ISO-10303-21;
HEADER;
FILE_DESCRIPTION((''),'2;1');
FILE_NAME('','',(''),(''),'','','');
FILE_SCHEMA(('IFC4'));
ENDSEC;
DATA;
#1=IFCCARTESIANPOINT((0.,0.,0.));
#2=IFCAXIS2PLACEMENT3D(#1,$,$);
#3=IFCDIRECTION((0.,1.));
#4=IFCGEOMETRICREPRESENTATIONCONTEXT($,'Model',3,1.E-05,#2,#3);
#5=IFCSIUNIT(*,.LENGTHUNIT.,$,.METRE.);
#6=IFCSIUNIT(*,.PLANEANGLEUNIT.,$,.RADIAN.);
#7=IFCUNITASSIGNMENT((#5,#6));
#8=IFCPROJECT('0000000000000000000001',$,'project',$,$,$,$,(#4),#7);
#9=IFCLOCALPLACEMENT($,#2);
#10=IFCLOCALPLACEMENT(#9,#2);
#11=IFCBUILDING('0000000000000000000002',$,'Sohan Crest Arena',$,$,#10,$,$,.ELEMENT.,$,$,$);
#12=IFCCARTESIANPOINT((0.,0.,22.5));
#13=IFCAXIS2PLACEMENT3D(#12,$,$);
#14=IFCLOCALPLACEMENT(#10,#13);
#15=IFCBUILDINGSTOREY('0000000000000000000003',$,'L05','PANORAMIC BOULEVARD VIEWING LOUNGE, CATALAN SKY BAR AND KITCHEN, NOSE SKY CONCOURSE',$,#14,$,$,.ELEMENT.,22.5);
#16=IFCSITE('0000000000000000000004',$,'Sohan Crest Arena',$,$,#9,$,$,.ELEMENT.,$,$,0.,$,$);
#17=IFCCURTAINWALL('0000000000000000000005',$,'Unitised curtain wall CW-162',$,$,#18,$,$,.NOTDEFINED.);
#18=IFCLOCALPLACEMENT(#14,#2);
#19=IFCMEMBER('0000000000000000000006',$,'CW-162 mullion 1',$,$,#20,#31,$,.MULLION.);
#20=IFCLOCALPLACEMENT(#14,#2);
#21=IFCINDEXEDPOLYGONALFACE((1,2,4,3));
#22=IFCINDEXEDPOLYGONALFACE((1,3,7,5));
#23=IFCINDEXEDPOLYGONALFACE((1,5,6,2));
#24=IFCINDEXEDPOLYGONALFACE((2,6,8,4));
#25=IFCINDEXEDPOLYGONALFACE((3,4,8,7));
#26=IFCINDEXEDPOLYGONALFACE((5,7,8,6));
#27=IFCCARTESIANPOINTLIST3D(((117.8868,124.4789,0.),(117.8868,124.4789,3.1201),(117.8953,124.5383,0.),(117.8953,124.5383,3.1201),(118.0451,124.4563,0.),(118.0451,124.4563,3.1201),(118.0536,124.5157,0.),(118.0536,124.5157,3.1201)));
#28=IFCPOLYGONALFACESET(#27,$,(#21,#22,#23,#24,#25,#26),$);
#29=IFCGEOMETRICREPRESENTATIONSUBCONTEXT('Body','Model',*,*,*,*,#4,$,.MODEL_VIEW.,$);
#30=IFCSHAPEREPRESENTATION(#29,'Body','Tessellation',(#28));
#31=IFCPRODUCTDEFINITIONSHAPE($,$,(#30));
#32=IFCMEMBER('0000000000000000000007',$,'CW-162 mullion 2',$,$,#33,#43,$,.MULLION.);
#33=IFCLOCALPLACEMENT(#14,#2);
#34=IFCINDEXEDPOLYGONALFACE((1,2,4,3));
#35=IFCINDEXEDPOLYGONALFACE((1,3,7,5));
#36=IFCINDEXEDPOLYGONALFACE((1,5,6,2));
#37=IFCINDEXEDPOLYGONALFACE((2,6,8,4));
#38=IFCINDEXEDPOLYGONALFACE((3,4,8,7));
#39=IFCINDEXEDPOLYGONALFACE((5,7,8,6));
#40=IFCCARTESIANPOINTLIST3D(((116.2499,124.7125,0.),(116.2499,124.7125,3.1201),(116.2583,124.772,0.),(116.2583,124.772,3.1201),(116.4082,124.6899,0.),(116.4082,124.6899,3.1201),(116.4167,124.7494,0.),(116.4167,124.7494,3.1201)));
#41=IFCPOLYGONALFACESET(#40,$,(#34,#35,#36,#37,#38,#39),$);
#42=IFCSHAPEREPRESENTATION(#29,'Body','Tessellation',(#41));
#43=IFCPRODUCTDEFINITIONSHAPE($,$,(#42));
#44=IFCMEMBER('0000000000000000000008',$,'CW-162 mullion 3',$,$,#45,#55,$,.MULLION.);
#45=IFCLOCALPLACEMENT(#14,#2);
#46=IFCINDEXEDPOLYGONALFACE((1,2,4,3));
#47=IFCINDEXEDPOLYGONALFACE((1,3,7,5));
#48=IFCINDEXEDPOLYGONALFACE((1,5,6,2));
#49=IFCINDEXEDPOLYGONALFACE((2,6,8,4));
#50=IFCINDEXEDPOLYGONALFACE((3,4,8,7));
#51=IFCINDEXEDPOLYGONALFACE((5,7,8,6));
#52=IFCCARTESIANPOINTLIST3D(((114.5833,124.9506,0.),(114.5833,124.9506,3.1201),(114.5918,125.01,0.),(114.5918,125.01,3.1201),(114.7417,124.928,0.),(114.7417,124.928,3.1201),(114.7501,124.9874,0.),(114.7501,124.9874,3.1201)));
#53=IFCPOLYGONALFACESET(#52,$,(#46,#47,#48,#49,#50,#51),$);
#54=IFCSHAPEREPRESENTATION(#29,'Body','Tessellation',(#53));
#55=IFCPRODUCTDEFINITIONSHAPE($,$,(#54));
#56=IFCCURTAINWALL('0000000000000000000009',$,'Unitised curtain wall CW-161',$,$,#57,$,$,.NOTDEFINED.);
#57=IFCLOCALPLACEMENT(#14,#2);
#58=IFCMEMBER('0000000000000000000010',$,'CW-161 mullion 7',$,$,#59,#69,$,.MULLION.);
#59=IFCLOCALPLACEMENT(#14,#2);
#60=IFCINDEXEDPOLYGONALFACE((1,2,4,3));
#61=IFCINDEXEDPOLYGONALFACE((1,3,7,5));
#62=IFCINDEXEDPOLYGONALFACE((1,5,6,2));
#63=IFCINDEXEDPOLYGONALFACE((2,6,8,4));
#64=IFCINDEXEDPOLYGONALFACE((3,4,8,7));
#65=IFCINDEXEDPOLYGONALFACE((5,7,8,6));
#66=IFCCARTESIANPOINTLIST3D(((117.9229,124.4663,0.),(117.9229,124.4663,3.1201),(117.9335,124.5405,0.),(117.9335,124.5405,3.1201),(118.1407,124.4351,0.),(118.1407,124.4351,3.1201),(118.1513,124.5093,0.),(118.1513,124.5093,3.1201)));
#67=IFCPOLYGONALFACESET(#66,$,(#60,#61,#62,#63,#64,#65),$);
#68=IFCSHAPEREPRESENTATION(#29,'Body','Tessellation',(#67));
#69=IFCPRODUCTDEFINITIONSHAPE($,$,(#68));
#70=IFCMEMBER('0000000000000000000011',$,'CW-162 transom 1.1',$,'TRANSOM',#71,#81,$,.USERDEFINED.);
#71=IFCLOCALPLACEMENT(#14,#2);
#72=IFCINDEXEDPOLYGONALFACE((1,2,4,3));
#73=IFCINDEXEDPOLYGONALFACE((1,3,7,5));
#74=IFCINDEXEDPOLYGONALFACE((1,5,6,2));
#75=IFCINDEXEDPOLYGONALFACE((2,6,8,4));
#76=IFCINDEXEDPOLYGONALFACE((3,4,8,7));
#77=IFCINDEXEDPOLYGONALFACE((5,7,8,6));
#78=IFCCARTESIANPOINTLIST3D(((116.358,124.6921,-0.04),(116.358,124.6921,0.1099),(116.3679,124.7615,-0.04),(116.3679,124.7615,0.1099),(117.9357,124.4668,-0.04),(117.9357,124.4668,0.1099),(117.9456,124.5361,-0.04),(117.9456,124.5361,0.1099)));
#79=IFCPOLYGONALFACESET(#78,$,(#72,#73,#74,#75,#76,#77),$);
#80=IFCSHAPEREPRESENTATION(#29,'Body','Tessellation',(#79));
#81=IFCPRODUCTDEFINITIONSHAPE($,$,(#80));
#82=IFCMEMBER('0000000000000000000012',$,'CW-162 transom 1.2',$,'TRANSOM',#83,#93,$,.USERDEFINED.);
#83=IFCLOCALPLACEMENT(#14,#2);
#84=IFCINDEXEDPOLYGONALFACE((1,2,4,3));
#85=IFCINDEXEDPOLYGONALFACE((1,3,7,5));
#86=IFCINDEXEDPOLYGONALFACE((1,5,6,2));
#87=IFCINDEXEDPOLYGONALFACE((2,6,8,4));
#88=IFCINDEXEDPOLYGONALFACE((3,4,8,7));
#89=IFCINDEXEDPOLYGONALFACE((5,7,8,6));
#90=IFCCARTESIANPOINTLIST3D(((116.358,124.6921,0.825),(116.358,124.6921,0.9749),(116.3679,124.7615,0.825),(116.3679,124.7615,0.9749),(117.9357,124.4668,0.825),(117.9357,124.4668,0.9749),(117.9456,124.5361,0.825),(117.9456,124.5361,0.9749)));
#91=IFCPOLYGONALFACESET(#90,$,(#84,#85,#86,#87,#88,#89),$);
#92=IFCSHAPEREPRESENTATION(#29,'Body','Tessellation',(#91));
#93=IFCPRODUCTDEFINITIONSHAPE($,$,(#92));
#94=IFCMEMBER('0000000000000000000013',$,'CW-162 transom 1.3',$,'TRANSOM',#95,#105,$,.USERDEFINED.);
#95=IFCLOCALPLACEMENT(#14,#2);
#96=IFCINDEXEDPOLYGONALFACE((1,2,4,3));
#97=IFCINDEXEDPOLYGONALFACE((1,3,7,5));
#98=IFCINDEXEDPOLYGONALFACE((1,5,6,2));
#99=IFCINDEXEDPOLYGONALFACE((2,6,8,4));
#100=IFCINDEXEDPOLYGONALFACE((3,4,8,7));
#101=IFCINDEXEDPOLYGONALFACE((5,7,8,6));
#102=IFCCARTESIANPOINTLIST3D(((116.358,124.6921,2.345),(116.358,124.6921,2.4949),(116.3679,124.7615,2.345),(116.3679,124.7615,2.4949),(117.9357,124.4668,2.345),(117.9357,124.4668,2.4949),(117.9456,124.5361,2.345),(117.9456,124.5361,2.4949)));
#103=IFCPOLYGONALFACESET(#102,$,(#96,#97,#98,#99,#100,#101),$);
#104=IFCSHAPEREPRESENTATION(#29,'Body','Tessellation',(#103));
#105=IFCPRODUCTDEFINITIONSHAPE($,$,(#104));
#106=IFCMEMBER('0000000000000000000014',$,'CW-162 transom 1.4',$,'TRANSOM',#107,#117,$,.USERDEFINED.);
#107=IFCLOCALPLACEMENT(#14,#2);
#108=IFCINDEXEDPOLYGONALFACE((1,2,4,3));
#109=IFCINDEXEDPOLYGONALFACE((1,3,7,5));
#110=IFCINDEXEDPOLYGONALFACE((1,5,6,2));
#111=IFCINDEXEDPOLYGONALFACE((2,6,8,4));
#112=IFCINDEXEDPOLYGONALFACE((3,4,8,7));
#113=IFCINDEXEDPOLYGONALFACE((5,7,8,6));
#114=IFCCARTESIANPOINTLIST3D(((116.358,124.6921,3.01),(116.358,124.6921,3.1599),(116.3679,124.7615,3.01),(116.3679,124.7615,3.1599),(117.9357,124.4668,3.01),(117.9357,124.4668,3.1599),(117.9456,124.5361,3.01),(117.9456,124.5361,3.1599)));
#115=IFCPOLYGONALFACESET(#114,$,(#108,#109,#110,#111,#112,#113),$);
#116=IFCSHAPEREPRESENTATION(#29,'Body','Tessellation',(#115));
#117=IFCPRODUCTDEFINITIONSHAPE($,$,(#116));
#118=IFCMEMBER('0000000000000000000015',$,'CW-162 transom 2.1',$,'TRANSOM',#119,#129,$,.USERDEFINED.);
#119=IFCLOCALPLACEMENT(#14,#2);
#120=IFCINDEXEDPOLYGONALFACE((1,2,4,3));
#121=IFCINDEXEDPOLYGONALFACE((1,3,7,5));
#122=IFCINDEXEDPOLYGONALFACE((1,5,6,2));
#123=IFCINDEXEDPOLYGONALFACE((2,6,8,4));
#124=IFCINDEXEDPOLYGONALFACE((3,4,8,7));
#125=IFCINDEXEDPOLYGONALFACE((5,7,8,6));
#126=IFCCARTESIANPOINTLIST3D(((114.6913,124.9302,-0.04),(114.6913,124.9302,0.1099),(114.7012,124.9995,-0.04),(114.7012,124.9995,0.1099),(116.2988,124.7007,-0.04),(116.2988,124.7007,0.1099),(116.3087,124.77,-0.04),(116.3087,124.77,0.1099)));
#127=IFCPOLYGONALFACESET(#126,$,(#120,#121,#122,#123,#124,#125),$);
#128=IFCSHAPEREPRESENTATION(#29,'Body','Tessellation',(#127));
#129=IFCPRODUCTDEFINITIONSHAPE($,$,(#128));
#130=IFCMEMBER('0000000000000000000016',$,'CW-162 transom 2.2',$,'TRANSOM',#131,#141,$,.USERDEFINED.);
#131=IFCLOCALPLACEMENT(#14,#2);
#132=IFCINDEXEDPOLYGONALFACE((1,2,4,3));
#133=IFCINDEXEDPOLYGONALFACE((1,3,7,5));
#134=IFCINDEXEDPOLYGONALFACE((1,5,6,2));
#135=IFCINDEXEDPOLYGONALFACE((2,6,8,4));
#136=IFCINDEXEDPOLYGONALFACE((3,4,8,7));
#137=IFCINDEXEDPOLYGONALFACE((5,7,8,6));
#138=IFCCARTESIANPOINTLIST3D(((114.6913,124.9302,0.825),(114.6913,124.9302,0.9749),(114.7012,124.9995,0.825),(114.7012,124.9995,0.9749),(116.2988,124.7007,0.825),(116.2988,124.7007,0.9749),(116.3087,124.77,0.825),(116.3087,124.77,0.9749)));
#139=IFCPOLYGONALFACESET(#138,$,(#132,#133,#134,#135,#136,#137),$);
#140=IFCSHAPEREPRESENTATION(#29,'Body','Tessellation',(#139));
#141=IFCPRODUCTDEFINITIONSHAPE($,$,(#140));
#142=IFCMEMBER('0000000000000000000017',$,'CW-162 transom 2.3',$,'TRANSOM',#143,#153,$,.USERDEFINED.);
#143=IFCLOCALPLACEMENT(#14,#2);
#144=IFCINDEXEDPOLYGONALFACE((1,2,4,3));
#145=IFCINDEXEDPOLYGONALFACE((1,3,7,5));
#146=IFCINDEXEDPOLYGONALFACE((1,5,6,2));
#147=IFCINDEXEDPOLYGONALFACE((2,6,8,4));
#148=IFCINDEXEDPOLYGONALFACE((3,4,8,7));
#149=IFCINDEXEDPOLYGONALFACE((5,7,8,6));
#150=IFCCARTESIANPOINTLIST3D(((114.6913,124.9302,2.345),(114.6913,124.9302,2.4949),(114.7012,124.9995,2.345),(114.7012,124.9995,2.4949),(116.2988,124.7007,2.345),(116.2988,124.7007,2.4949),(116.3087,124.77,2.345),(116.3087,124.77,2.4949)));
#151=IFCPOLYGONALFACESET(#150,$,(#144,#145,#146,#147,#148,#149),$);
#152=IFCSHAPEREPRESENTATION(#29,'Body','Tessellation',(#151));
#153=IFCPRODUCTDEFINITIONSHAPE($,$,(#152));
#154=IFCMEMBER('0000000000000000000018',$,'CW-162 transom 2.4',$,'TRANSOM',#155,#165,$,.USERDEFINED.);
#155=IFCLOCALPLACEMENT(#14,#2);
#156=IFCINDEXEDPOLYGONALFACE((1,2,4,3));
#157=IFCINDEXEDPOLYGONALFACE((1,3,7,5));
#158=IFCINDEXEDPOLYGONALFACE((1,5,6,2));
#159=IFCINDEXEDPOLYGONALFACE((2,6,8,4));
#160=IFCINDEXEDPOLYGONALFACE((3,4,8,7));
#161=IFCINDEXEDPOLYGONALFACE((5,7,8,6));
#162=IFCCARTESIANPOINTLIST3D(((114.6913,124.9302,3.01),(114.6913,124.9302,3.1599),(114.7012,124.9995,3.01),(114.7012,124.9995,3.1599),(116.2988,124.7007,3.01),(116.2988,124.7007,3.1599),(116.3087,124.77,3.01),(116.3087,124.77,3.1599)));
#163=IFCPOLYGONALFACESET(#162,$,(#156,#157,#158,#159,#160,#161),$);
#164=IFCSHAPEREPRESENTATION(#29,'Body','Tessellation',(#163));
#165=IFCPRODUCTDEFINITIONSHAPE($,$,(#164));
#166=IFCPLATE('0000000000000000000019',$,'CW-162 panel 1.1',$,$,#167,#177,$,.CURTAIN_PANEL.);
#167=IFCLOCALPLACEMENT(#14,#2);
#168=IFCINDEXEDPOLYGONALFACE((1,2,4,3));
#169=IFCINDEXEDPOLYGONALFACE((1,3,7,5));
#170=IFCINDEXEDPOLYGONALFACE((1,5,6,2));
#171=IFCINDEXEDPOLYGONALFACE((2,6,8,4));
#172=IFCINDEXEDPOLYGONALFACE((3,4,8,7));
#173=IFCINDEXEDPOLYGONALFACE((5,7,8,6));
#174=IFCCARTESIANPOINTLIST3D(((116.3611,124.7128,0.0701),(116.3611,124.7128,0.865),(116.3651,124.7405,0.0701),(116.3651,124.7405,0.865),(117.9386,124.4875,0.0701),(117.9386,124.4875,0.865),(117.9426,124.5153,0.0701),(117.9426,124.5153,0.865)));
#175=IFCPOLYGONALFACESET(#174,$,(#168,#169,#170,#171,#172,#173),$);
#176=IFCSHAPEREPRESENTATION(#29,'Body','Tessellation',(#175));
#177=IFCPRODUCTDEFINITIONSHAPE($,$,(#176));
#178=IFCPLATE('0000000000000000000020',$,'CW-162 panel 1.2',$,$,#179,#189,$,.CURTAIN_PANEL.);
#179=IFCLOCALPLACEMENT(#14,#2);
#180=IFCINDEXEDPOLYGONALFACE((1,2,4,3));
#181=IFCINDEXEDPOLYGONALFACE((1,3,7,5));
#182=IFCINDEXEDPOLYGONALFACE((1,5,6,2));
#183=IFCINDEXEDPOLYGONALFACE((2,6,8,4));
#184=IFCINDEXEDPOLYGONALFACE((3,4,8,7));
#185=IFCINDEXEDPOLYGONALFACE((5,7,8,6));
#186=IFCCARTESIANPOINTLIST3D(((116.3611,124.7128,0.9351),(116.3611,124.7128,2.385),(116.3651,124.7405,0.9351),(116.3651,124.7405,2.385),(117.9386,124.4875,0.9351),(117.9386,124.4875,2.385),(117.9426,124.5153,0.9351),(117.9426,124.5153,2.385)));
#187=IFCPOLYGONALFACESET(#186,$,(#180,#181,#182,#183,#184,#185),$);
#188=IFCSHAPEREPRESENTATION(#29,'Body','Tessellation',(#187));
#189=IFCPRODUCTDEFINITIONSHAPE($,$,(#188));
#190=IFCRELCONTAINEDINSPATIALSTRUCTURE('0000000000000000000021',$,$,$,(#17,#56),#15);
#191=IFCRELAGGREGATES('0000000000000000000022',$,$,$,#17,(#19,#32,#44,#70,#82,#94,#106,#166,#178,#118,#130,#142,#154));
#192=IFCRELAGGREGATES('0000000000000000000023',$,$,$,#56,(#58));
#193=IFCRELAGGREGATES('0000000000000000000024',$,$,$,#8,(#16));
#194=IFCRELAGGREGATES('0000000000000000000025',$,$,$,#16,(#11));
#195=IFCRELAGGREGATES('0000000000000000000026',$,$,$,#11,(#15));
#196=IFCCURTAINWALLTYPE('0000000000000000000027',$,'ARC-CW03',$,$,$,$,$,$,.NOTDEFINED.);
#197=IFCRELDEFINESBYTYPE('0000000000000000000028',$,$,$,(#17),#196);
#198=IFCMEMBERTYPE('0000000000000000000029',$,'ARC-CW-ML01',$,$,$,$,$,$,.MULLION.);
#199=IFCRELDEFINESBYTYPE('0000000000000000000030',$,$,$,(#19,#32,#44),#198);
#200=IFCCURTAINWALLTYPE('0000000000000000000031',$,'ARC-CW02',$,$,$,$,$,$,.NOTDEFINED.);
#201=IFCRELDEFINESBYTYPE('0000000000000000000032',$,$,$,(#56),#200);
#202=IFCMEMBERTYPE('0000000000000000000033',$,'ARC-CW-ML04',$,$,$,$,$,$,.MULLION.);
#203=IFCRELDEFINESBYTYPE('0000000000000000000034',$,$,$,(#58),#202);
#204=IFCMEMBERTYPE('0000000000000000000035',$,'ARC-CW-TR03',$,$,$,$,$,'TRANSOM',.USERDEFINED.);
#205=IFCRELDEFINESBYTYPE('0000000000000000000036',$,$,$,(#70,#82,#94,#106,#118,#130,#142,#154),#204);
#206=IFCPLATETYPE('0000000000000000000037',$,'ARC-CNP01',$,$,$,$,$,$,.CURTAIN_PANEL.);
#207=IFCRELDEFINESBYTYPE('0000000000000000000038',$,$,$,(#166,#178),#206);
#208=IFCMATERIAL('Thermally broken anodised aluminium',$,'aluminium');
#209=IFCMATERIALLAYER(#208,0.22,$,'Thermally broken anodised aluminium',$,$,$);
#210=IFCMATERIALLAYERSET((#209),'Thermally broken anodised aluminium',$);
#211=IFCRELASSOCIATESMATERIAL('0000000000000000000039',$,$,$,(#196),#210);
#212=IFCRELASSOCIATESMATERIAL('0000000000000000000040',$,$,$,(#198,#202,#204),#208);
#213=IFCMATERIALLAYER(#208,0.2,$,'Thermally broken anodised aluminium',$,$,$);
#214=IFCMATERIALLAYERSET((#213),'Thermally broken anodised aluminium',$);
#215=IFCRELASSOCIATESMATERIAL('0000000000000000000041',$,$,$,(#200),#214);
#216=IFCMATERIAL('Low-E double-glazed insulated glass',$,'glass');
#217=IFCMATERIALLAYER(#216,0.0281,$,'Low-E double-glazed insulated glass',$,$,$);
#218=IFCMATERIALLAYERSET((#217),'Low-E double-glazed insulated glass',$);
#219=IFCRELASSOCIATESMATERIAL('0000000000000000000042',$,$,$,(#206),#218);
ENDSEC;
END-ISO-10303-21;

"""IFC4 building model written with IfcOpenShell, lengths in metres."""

from ifc_helpers import new_model, si_unit, direction, frame, origin, origin_2d, place, context, subcontext, project, spatial, rectangle, extrude, material, layer, layer_set, material_profile, profile_set, type_object, element, aggregate, save


model = new_model("IFC4")

# Units and contexts
model_context = context("Model", 3, precision=1e-05, world=origin(), true_north=direction((0.0, 1.0)))
body_context = subcontext(model_context, "Body", "Model", "MODEL_VIEW")
ifc_project = project(units=[si_unit("LENGTHUNIT", "METRE"), si_unit("PLANEANGLEUNIT", "RADIAN")], contexts=[model_context])

# Site, building, storey
site_placement = place(None, origin())
site = spatial("IfcSite", under=ifc_project, at=site_placement, Name="Sohan Crest Arena", CompositionType="ELEMENT", RefElevation=0.0)
building_placement = place(site_placement, origin())
building = spatial("IfcBuilding", under=site, at=building_placement, Name="Sohan Crest Arena", CompositionType="ELEMENT")
storey_placement = place(building_placement, frame((0.0, 0.0, 22.5)))
storey = spatial("IfcBuildingStorey", under=building, at=storey_placement, Name="L05", Description="PANORAMIC BOULEVARD VIEWING LOUNGE, CATALAN SKY BAR AND KITCHEN, NOSE SKY CONCOURSE", CompositionType="ELEMENT", Elevation=22.5)

# Curtain wall, members
ifc_material_1 = material(Name="Thermally broken anodised aluminium", Category="aluminium")
ifc_layer_1 = layer(ifc_material_1, 0.22, Name="Thermally broken anodised aluminium")
ifc_layer_set_1 = layer_set([ifc_layer_1], Name="Thermally broken anodised aluminium")
curtain_wall_type_1 = type_object("IfcCurtainWallType", Name="ARC-CW03", PredefinedType="NOTDEFINED", material=ifc_layer_set_1)
curtain_wall_1_placement = place(storey_placement, origin())
curtain_wall_1 = element("IfcCurtainWall", 1, at=curtain_wall_1_placement, inside=storey, type_object=curtain_wall_type_1, Name="Unitised curtain wall CW-162", PredefinedType="NOTDEFINED")
ifc_material_profile_1 = material_profile(ifc_material_1, rectangle(XDim=0.0601, YDim=0.1599, at=origin_2d()), Name="ALU-MULL 60x160")
ifc_profile_set_1 = profile_set([ifc_material_profile_1], Name="Thermally broken anodised aluminium")
member_type_1 = type_object("IfcMemberType", Name="ARC-CW-ML01", PredefinedType="MULLION", material=ifc_profile_set_1)
member_1_placement = place(storey_placement, frame((117.9702, 124.4973, 0.0), z_axis=(0.0, 0.0, 1.0), x_axis=(-0.141366, -0.989957, 0.0)))
member_1 = element("IfcMember", 2, at=member_1_placement, type_object=member_type_1, Name="CW-162 mullion 1", PredefinedType="MULLION", context=body_context, shape_type="SweptSolid", body=[
    extrude(rectangle(XDim=0.0601, YDim=0.1599, at=origin_2d()), origin(), (0.0, 0.0, 1.0), 3.1201),
])
member_2_placement = place(storey_placement, frame((116.3333, 124.731, 0.0), z_axis=(0.0, 0.0, 1.0), x_axis=(-0.141366, -0.989957, 0.0)))
member_2 = element("IfcMember", 3, at=member_2_placement, type_object=member_type_1, Name="CW-162 mullion 2", PredefinedType="MULLION", context=body_context, shape_type="SweptSolid", body=[
    extrude(rectangle(XDim=0.0601, YDim=0.1599, at=origin_2d()), origin(), (0.0, 0.0, 1.0), 3.1201),
])
member_3_placement = place(storey_placement, frame((114.6667, 124.969, 0.0), z_axis=(0.0, 0.0, 1.0), x_axis=(-0.141366, -0.989957, 0.0)))
member_3 = element("IfcMember", 4, at=member_3_placement, type_object=member_type_1, Name="CW-162 mullion 3", PredefinedType="MULLION", context=body_context, shape_type="SweptSolid", body=[
    extrude(rectangle(XDim=0.0601, YDim=0.1599, at=origin_2d()), origin(), (0.0, 0.0, 1.0), 3.1201),
])

# Curtain wall, member
ifc_layer_2 = layer(ifc_material_1, 0.2, Name="Thermally broken anodised aluminium")
ifc_layer_set_2 = layer_set([ifc_layer_2], Name="Thermally broken anodised aluminium")
curtain_wall_type_2 = type_object("IfcCurtainWallType", Name="ARC-CW02", PredefinedType="NOTDEFINED", material=ifc_layer_set_2)
curtain_wall_2_placement = place(storey_placement, origin())
curtain_wall_2 = element("IfcCurtainWall", 5, at=curtain_wall_2_placement, inside=storey, type_object=curtain_wall_type_2, Name="Unitised curtain wall CW-161", PredefinedType="NOTDEFINED")
ifc_material_profile_2 = material_profile(ifc_material_1, rectangle(XDim=0.075, YDim=0.22, at=origin_2d()), Name="ALU-MULL 75x220")
ifc_profile_set_2 = profile_set([ifc_material_profile_2], Name="Thermally broken anodised aluminium")
member_type_2 = type_object("IfcMemberType", Name="ARC-CW-ML04", PredefinedType="MULLION", material=ifc_profile_set_2)
member_4_placement = place(storey_placement, frame((118.0371, 124.4878, 0.0), z_axis=(0.0, 0.0, 1.0), x_axis=(-0.141463, -0.989944, 0.0)))
member_4 = element("IfcMember", 6, at=member_4_placement, type_object=member_type_2, Name="CW-161 mullion 7", PredefinedType="MULLION", context=body_context, shape_type="SweptSolid", body=[
    extrude(rectangle(XDim=0.075, YDim=0.22, at=origin_2d()), origin(), (0.0, 0.0, 1.0), 3.1201),
])

# Members
ifc_material_profile_3 = material_profile(ifc_material_1, rectangle(XDim=0.0701, YDim=0.1499, at=origin_2d()), Name="ALU-TRAN 70x150")
ifc_profile_set_3 = profile_set([ifc_material_profile_3], Name="Thermally broken anodised aluminium")
member_type_3 = type_object("IfcMemberType", Name="ARC-CW-TR03", ElementType="TRANSOM", PredefinedType="USERDEFINED", material=ifc_profile_set_3)
member_5_placement = place(storey_placement, frame((117.9407, 124.5015, 0.0349), z_axis=(-0.989953, 0.1414, 0.0), x_axis=(-0.1414, -0.989953, 0.0)))
member_5 = element("IfcMember", 7, at=member_5_placement, type_object=member_type_3, Name="CW-162 transom 1.1", ObjectType="TRANSOM", PredefinedType="USERDEFINED", context=body_context, shape_type="SweptSolid", body=[
    extrude(rectangle(XDim=0.0701, YDim=0.1499, at=origin_2d()), origin(), (0.0, 0.0, 1.0), 1.5938),
])
member_6_placement = place(storey_placement, frame((117.9407, 124.5015, 0.8999), z_axis=(-0.989953, 0.1414, 0.0), x_axis=(-0.1414, -0.989953, 0.0)))
member_6 = element("IfcMember", 8, at=member_6_placement, type_object=member_type_3, Name="CW-162 transom 1.2", ObjectType="TRANSOM", PredefinedType="USERDEFINED", context=body_context, shape_type="SweptSolid", body=[
    extrude(rectangle(XDim=0.0701, YDim=0.1499, at=origin_2d()), origin(), (0.0, 0.0, 1.0), 1.5938),
])
member_7_placement = place(storey_placement, frame((117.9407, 124.5015, 2.4199), z_axis=(-0.989953, 0.1414, 0.0), x_axis=(-0.1414, -0.989953, 0.0)))
member_7 = element("IfcMember", 9, at=member_7_placement, type_object=member_type_3, Name="CW-162 transom 1.3", ObjectType="TRANSOM", PredefinedType="USERDEFINED", context=body_context, shape_type="SweptSolid", body=[
    extrude(rectangle(XDim=0.0701, YDim=0.1499, at=origin_2d()), origin(), (0.0, 0.0, 1.0), 1.5938),
])
member_8_placement = place(storey_placement, frame((117.9407, 124.5015, 3.085), z_axis=(-0.989953, 0.1414, 0.0), x_axis=(-0.1414, -0.989953, 0.0)))
member_8 = element("IfcMember", 10, at=member_8_placement, type_object=member_type_3, Name="CW-162 transom 1.4", ObjectType="TRANSOM", PredefinedType="USERDEFINED", context=body_context, shape_type="SweptSolid", body=[
    extrude(rectangle(XDim=0.0701, YDim=0.1499, at=origin_2d()), origin(), (0.0, 0.0, 1.0), 1.5938),
])
member_9_placement = place(storey_placement, frame((116.3037, 124.7354, 0.0349), z_axis=(-0.989962, 0.141337, 0.0), x_axis=(-0.141337, -0.989962, 0.0)))
member_9 = element("IfcMember", 11, at=member_9_placement, type_object=member_type_3, Name="CW-162 transom 2.1", ObjectType="TRANSOM", PredefinedType="USERDEFINED", context=body_context, shape_type="SweptSolid", body=[
    extrude(rectangle(XDim=0.0701, YDim=0.1499, at=origin_2d()), origin(), (0.0, 0.0, 1.0), 1.6238),
])
member_10_placement = place(storey_placement, frame((116.3037, 124.7354, 0.8999), z_axis=(-0.989962, 0.141337, 0.0), x_axis=(-0.141337, -0.989962, 0.0)))
member_10 = element("IfcMember", 12, at=member_10_placement, type_object=member_type_3, Name="CW-162 transom 2.2", ObjectType="TRANSOM", PredefinedType="USERDEFINED", context=body_context, shape_type="SweptSolid", body=[
    extrude(rectangle(XDim=0.0701, YDim=0.1499, at=origin_2d()), origin(), (0.0, 0.0, 1.0), 1.6238),
])
member_11_placement = place(storey_placement, frame((116.3037, 124.7354, 2.4199), z_axis=(-0.989962, 0.141337, 0.0), x_axis=(-0.141337, -0.989962, 0.0)))
member_11 = element("IfcMember", 13, at=member_11_placement, type_object=member_type_3, Name="CW-162 transom 2.3", ObjectType="TRANSOM", PredefinedType="USERDEFINED", context=body_context, shape_type="SweptSolid", body=[
    extrude(rectangle(XDim=0.0701, YDim=0.1499, at=origin_2d()), origin(), (0.0, 0.0, 1.0), 1.6238),
])
member_12_placement = place(storey_placement, frame((116.3037, 124.7354, 3.085), z_axis=(-0.989962, 0.141337, 0.0), x_axis=(-0.141337, -0.989962, 0.0)))
member_12 = element("IfcMember", 14, at=member_12_placement, type_object=member_type_3, Name="CW-162 transom 2.4", ObjectType="TRANSOM", PredefinedType="USERDEFINED", context=body_context, shape_type="SweptSolid", body=[
    extrude(rectangle(XDim=0.0701, YDim=0.1499, at=origin_2d()), origin(), (0.0, 0.0, 1.0), 1.6238),
])

# Plates
ifc_material_2 = material(Name="Low-E double-glazed insulated glass", Category="glass")
ifc_layer_3 = layer(ifc_material_2, 0.0281, Name="Low-E double-glazed insulated glass")
ifc_layer_set_3 = layer_set([ifc_layer_3], Name="Low-E double-glazed insulated glass")
plate_type_1 = type_object("IfcPlateType", Name="ARC-CNP01", PredefinedType="CURTAIN_PANEL", material=ifc_layer_set_3)
plate_1_placement = place(storey_placement, frame((117.1519, 124.614, 0.0701), z_axis=(0.0, 0.0, 1.0), x_axis=(-0.989957, 0.141366, 0.0)))
plate_1 = element("IfcPlate", 15, at=plate_1_placement, type_object=plate_type_1, Name="CW-162 panel 1.1", PredefinedType="CURTAIN_PANEL", context=body_context, shape_type="SweptSolid", body=[
    extrude(rectangle(XDim=1.5935, YDim=0.0281, at=origin_2d()), origin(), (0.0, 0.0, 1.0), 0.7949),
])
plate_2_placement = place(storey_placement, frame((117.1519, 124.614, 0.9351), z_axis=(0.0, 0.0, 1.0), x_axis=(-0.989957, 0.141366, 0.0)))
plate_2 = element("IfcPlate", 16, at=plate_2_placement, type_object=plate_type_1, Name="CW-162 panel 1.2", PredefinedType="CURTAIN_PANEL", context=body_context, shape_type="SweptSolid", body=[
    extrude(rectangle(XDim=1.5935, YDim=0.0281, at=origin_2d()), origin(), (0.0, 0.0, 1.0), 1.45),
])
aggregate(curtain_wall_1, [member_1, member_2, member_3, member_5, member_6, member_7, member_8, plate_1, plate_2, member_9, member_10, member_11, member_12])
aggregate(curtain_wall_2, [member_4])

save(model, "model.ifc")
